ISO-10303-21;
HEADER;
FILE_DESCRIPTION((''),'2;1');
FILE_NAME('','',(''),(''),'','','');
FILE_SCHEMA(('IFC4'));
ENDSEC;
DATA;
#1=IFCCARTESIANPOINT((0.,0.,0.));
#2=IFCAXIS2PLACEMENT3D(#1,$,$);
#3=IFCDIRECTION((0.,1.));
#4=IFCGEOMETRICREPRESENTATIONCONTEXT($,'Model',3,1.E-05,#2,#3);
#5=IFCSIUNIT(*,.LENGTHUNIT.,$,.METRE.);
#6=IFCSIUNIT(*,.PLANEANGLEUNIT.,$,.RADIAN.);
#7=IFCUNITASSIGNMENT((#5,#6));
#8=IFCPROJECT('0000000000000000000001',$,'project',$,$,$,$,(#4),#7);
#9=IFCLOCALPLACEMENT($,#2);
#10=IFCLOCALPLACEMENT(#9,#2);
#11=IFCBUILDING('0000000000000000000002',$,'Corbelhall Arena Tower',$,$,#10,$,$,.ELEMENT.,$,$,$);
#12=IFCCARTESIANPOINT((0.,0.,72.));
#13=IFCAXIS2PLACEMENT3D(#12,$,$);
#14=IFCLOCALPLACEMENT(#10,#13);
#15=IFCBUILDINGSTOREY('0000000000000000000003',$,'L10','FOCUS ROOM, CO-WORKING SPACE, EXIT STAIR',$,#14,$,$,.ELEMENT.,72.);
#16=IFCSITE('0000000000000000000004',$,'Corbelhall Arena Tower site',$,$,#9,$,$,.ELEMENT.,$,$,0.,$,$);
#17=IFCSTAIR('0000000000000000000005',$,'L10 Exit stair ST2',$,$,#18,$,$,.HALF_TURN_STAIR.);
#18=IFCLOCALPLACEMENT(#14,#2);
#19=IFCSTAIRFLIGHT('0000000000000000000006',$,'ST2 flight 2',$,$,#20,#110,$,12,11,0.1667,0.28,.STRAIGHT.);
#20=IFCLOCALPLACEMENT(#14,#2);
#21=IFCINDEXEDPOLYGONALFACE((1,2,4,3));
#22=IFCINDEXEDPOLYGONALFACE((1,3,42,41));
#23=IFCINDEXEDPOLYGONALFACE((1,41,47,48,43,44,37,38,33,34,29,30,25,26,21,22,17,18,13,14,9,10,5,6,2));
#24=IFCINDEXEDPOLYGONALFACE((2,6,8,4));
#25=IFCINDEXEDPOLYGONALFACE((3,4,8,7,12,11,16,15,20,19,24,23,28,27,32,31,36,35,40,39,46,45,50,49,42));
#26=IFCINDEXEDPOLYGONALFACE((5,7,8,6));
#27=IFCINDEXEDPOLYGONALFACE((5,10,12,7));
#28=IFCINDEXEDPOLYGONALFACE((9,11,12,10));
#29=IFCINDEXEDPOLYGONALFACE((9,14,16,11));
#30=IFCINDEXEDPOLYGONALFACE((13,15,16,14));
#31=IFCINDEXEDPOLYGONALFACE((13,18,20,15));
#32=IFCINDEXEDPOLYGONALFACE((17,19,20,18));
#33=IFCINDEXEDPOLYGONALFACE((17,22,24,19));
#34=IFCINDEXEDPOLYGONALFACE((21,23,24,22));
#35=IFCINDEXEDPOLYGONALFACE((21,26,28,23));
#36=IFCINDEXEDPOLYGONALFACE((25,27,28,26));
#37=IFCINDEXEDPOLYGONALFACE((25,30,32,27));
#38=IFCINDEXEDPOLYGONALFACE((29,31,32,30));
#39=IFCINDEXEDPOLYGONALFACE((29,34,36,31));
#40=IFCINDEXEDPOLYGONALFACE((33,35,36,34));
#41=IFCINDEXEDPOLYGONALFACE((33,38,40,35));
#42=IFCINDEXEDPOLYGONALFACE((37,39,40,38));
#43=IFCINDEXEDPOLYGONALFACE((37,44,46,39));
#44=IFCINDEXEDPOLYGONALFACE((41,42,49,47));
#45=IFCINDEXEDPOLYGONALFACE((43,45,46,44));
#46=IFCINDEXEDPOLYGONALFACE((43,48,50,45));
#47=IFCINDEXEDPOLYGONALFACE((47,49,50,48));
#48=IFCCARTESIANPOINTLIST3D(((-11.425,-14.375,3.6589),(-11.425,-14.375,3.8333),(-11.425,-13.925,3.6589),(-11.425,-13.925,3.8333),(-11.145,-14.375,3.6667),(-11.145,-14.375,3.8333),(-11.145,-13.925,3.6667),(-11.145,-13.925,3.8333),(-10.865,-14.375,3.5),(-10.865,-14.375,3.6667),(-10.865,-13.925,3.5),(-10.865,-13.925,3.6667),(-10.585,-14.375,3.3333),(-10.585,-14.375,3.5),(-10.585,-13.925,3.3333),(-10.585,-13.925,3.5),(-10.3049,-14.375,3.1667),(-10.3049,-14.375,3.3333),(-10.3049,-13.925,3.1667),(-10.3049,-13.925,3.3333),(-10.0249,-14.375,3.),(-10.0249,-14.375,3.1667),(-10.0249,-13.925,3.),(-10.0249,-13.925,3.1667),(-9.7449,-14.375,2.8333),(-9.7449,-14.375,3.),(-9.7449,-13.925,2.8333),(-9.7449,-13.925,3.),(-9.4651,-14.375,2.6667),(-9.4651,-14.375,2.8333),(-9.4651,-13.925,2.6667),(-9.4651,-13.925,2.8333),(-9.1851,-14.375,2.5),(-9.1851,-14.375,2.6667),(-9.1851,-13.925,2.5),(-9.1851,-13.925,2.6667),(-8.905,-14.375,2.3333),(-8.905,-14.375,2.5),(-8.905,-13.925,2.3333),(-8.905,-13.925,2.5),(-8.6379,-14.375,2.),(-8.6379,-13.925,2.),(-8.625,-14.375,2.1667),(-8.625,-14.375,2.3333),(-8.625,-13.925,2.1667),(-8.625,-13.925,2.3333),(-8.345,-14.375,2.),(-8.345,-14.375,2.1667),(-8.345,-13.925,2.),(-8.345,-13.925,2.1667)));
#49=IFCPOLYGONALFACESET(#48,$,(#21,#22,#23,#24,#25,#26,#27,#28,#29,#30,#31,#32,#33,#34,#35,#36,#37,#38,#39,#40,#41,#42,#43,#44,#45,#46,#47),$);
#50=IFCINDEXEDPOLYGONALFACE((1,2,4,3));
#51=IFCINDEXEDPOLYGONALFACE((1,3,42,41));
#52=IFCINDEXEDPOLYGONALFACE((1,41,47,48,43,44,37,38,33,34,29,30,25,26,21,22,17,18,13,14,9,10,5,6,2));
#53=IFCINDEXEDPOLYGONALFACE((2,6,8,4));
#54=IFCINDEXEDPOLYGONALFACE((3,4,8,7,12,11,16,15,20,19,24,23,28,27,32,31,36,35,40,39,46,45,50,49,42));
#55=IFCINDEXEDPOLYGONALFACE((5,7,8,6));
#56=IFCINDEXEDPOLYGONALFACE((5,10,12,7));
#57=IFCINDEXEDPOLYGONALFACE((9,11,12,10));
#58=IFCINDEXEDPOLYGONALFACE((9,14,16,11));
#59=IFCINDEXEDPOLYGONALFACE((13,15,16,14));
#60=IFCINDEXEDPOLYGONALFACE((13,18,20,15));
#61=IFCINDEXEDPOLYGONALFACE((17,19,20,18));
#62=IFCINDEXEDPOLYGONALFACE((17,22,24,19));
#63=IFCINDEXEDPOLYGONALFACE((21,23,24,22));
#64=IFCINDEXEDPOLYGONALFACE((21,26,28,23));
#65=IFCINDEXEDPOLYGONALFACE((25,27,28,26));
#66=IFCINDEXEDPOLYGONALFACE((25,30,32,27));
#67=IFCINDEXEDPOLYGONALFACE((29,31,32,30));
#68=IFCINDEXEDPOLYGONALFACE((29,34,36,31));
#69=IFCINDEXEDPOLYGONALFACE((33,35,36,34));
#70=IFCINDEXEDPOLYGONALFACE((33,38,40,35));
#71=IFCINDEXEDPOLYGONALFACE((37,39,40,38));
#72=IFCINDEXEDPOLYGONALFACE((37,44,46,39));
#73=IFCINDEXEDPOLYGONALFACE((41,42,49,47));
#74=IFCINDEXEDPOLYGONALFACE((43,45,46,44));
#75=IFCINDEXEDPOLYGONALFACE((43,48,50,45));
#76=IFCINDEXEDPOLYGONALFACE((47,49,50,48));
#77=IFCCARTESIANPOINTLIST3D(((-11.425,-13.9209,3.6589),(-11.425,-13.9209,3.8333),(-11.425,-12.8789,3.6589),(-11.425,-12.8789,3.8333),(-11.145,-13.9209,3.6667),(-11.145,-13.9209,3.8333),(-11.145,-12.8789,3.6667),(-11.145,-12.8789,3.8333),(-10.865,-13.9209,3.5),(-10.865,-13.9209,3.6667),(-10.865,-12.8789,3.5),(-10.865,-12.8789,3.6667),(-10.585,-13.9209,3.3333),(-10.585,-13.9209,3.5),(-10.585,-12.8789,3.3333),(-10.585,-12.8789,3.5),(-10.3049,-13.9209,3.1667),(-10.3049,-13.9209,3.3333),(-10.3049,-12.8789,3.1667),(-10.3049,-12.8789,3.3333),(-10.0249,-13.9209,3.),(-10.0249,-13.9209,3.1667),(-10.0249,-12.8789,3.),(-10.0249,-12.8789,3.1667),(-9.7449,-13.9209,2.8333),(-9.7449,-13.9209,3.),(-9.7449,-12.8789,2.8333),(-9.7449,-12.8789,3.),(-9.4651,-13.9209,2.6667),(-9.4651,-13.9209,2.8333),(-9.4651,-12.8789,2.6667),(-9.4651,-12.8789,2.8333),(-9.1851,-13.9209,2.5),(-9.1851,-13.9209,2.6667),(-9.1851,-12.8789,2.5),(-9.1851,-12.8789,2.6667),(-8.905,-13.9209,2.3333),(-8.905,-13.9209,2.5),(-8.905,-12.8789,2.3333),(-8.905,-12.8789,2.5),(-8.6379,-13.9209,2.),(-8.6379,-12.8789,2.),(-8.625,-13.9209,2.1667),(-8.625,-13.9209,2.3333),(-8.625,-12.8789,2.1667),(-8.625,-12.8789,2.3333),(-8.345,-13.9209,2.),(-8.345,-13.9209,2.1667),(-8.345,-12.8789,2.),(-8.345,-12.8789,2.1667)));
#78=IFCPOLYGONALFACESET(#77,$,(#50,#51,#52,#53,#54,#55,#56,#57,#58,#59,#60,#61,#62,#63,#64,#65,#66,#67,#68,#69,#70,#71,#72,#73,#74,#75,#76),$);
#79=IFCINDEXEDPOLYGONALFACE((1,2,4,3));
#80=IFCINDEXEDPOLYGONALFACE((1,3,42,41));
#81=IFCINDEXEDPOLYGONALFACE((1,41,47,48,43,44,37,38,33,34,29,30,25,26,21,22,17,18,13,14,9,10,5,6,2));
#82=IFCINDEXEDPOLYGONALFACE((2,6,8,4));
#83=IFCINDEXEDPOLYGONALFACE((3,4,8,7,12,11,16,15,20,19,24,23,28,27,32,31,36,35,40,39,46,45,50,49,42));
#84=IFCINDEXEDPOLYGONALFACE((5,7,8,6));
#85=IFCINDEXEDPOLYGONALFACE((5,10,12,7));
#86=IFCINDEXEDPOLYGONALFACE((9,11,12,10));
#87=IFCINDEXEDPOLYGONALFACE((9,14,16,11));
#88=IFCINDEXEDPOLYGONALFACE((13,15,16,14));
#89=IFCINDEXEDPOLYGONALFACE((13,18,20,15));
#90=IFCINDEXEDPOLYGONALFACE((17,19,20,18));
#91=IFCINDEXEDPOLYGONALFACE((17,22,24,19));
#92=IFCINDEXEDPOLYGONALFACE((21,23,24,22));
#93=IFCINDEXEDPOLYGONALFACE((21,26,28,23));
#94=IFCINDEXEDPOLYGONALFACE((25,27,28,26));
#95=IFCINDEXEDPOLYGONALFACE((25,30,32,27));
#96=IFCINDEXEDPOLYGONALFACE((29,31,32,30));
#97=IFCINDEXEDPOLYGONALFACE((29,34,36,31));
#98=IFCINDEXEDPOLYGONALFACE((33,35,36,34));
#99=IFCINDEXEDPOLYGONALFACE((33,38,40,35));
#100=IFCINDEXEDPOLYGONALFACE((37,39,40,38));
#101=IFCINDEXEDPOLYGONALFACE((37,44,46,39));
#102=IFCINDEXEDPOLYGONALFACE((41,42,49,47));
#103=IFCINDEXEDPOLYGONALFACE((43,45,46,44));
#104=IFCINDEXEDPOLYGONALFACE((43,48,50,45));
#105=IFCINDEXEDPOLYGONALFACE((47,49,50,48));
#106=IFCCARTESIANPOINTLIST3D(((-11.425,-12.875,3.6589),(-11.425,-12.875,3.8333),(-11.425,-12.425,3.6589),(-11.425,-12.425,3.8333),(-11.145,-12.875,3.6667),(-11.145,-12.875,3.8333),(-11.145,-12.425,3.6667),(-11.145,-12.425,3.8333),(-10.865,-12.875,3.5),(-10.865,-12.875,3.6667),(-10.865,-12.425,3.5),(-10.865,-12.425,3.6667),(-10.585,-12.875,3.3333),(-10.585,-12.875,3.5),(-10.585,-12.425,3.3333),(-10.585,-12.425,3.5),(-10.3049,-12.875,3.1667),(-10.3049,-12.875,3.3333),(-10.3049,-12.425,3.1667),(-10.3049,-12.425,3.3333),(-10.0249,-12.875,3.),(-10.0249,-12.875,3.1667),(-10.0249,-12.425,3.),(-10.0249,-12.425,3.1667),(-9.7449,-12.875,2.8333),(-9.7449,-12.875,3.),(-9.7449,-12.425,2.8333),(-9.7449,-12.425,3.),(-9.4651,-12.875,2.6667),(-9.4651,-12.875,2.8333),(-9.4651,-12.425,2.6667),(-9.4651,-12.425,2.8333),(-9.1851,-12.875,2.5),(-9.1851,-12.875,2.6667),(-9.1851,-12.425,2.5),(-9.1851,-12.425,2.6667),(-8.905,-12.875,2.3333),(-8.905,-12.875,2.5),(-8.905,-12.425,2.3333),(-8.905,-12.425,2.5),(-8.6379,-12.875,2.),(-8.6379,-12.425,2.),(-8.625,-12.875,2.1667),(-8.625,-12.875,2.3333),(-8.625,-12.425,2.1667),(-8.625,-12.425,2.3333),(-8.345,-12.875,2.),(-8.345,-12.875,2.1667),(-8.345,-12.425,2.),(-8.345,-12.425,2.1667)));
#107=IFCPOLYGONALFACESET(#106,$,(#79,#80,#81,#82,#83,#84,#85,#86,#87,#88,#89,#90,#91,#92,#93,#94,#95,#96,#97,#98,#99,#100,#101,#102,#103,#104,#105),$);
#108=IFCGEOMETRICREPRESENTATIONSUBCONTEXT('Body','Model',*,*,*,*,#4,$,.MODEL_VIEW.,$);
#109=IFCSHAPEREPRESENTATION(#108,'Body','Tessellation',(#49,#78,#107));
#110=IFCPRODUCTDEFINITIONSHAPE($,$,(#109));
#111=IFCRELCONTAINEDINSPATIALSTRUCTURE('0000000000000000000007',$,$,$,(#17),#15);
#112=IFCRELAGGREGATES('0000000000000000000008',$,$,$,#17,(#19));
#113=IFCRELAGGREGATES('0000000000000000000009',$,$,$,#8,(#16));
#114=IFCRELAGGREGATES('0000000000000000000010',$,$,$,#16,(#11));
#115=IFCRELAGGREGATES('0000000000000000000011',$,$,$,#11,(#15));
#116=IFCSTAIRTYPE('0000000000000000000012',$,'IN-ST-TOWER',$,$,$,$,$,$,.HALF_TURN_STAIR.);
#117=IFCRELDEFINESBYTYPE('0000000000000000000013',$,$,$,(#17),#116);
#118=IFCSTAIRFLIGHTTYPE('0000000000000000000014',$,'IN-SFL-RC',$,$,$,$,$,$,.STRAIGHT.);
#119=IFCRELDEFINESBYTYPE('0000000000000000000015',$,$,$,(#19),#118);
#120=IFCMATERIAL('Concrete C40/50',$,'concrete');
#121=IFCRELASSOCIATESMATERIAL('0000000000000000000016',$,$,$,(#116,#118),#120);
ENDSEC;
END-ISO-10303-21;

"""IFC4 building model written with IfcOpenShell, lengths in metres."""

from ifc_helpers import new_model, si_unit, direction, frame, origin, place, context, subcontext, project, spatial, polyline, outline, extrude, material, type_object, element, aggregate, save


model = new_model("IFC4")

# Units and contexts
model_context = context("Model", 3, precision=1e-05, world=origin(), true_north=direction((0.0, 1.0)))
body_context = subcontext(model_context, "Body", "Model", "MODEL_VIEW")
ifc_project = project(units=[si_unit("LENGTHUNIT", "METRE"), si_unit("PLANEANGLEUNIT", "RADIAN")], contexts=[model_context])

# Site, building, storey
site_placement = place(None, origin())
site = spatial("IfcSite", under=ifc_project, at=site_placement, Name="Corbelhall Arena Tower site", CompositionType="ELEMENT", RefElevation=0.0)
building_placement = place(site_placement, origin())
building = spatial("IfcBuilding", under=site, at=building_placement, Name="Corbelhall Arena Tower", CompositionType="ELEMENT")
storey_placement = place(building_placement, frame((0.0, 0.0, 72.0)))
storey = spatial("IfcBuildingStorey", under=building, at=storey_placement, Name="L10", Description="FOCUS ROOM, CO-WORKING SPACE, EXIT STAIR", CompositionType="ELEMENT", Elevation=72.0)

# Shared definitions
ifc_material_1 = material(Name="Concrete C40/50", Category="concrete")

# Stair, stair flight
stair_type = type_object("IfcStairType", Name="IN-ST-TOWER", PredefinedType="HALF_TURN_STAIR", material=ifc_material_1)
stair_placement = place(storey_placement, origin())
stair = element("IfcStair", 1, at=stair_placement, inside=storey, type_object=stair_type, Name="L10 Exit stair ST2", PredefinedType="HALF_TURN_STAIR")
stair_flight_type = type_object("IfcStairFlightType", Name="IN-SFL-RC", PredefinedType="STRAIGHT", material=ifc_material_1)
stair_flight_placement = place(storey_placement, frame((-8.345, -13.3999, 2.0), z_axis=(0.0, 0.0, 1.0), x_axis=(-1.0, 0.0, 0.0)))
stair_flight = element("IfcStairFlight", 2, at=stair_flight_placement, type_object=stair_flight_type, Name="ST2 flight 2", NumberOfRisers=12, NumberOfTreads=11, PredefinedType="STRAIGHT", RiserHeight=0.1667, TreadLength=0.28, context=body_context, shape_type="SweptSolid", body=[
    extrude(outline(polyline([(0.0, 0.0), (0.0, 0.1667), (0.28, 0.1667), (0.28, 0.3333), (0.5601, 0.3333), (0.5601, 0.5), (0.8401, 0.5), (0.8401, 0.6667), (1.1201, 0.6667), (1.1201, 0.8333), (1.3999, 0.8333), (1.3999, 1.0), (1.6799, 1.0), (1.6799, 1.1667), (1.96, 1.1667), (1.96, 1.3333), (2.24, 1.3333), (2.24, 1.5), (2.52, 1.5), (2.52, 1.6667), (2.8, 1.6667), (2.8, 1.8333), (3.0801, 1.8333), (3.0801, 2.0), (3.0801, 1.6589), (0.293, 0.0), (0.0, 0.0)])), frame((0.0, 0.9751, 0.0), z_axis=(0.0, -1.0, 0.0), x_axis=(1.0, 0.0, 0.0)), (0.0, 0.0, 1.0), 0.45),
    extrude(outline(polyline([(0.0, 0.0), (0.0, 0.1667), (0.28, 0.1667), (0.28, 0.3333), (0.5601, 0.3333), (0.5601, 0.5), (0.8401, 0.5), (0.8401, 0.6667), (1.1201, 0.6667), (1.1201, 0.8333), (1.3999, 0.8333), (1.3999, 1.0), (1.6799, 1.0), (1.6799, 1.1667), (1.96, 1.1667), (1.96, 1.3333), (2.24, 1.3333), (2.24, 1.5), (2.52, 1.5), (2.52, 1.6667), (2.8, 1.6667), (2.8, 1.8333), (3.0801, 1.8333), (3.0801, 2.0), (3.0801, 1.6589), (0.293, 0.0), (0.0, 0.0)])), frame((0.0, 0.521, 0.0), z_axis=(0.0, -1.0, 0.0), x_axis=(1.0, 0.0, 0.0)), (0.0, 0.0, 1.0), 1.042),
    extrude(outline(polyline([(0.0, 0.0), (0.0, 0.1667), (0.28, 0.1667), (0.28, 0.3333), (0.5601, 0.3333), (0.5601, 0.5), (0.8401, 0.5), (0.8401, 0.6667), (1.1201, 0.6667), (1.1201, 0.8333), (1.3999, 0.8333), (1.3999, 1.0), (1.6799, 1.0), (1.6799, 1.1667), (1.96, 1.1667), (1.96, 1.3333), (2.24, 1.3333), (2.24, 1.5), (2.52, 1.5), (2.52, 1.6667), (2.8, 1.6667), (2.8, 1.8333), (3.0801, 1.8333), (3.0801, 2.0), (3.0801, 1.6589), (0.293, 0.0), (0.0, 0.0)])), frame((0.0, -0.5249, 0.0), z_axis=(0.0, -1.0, 0.0), x_axis=(1.0, 0.0, 0.0)), (0.0, 0.0, 1.0), 0.45),
])
aggregate(stair, [stair_flight])

save(model, "model.ifc")
